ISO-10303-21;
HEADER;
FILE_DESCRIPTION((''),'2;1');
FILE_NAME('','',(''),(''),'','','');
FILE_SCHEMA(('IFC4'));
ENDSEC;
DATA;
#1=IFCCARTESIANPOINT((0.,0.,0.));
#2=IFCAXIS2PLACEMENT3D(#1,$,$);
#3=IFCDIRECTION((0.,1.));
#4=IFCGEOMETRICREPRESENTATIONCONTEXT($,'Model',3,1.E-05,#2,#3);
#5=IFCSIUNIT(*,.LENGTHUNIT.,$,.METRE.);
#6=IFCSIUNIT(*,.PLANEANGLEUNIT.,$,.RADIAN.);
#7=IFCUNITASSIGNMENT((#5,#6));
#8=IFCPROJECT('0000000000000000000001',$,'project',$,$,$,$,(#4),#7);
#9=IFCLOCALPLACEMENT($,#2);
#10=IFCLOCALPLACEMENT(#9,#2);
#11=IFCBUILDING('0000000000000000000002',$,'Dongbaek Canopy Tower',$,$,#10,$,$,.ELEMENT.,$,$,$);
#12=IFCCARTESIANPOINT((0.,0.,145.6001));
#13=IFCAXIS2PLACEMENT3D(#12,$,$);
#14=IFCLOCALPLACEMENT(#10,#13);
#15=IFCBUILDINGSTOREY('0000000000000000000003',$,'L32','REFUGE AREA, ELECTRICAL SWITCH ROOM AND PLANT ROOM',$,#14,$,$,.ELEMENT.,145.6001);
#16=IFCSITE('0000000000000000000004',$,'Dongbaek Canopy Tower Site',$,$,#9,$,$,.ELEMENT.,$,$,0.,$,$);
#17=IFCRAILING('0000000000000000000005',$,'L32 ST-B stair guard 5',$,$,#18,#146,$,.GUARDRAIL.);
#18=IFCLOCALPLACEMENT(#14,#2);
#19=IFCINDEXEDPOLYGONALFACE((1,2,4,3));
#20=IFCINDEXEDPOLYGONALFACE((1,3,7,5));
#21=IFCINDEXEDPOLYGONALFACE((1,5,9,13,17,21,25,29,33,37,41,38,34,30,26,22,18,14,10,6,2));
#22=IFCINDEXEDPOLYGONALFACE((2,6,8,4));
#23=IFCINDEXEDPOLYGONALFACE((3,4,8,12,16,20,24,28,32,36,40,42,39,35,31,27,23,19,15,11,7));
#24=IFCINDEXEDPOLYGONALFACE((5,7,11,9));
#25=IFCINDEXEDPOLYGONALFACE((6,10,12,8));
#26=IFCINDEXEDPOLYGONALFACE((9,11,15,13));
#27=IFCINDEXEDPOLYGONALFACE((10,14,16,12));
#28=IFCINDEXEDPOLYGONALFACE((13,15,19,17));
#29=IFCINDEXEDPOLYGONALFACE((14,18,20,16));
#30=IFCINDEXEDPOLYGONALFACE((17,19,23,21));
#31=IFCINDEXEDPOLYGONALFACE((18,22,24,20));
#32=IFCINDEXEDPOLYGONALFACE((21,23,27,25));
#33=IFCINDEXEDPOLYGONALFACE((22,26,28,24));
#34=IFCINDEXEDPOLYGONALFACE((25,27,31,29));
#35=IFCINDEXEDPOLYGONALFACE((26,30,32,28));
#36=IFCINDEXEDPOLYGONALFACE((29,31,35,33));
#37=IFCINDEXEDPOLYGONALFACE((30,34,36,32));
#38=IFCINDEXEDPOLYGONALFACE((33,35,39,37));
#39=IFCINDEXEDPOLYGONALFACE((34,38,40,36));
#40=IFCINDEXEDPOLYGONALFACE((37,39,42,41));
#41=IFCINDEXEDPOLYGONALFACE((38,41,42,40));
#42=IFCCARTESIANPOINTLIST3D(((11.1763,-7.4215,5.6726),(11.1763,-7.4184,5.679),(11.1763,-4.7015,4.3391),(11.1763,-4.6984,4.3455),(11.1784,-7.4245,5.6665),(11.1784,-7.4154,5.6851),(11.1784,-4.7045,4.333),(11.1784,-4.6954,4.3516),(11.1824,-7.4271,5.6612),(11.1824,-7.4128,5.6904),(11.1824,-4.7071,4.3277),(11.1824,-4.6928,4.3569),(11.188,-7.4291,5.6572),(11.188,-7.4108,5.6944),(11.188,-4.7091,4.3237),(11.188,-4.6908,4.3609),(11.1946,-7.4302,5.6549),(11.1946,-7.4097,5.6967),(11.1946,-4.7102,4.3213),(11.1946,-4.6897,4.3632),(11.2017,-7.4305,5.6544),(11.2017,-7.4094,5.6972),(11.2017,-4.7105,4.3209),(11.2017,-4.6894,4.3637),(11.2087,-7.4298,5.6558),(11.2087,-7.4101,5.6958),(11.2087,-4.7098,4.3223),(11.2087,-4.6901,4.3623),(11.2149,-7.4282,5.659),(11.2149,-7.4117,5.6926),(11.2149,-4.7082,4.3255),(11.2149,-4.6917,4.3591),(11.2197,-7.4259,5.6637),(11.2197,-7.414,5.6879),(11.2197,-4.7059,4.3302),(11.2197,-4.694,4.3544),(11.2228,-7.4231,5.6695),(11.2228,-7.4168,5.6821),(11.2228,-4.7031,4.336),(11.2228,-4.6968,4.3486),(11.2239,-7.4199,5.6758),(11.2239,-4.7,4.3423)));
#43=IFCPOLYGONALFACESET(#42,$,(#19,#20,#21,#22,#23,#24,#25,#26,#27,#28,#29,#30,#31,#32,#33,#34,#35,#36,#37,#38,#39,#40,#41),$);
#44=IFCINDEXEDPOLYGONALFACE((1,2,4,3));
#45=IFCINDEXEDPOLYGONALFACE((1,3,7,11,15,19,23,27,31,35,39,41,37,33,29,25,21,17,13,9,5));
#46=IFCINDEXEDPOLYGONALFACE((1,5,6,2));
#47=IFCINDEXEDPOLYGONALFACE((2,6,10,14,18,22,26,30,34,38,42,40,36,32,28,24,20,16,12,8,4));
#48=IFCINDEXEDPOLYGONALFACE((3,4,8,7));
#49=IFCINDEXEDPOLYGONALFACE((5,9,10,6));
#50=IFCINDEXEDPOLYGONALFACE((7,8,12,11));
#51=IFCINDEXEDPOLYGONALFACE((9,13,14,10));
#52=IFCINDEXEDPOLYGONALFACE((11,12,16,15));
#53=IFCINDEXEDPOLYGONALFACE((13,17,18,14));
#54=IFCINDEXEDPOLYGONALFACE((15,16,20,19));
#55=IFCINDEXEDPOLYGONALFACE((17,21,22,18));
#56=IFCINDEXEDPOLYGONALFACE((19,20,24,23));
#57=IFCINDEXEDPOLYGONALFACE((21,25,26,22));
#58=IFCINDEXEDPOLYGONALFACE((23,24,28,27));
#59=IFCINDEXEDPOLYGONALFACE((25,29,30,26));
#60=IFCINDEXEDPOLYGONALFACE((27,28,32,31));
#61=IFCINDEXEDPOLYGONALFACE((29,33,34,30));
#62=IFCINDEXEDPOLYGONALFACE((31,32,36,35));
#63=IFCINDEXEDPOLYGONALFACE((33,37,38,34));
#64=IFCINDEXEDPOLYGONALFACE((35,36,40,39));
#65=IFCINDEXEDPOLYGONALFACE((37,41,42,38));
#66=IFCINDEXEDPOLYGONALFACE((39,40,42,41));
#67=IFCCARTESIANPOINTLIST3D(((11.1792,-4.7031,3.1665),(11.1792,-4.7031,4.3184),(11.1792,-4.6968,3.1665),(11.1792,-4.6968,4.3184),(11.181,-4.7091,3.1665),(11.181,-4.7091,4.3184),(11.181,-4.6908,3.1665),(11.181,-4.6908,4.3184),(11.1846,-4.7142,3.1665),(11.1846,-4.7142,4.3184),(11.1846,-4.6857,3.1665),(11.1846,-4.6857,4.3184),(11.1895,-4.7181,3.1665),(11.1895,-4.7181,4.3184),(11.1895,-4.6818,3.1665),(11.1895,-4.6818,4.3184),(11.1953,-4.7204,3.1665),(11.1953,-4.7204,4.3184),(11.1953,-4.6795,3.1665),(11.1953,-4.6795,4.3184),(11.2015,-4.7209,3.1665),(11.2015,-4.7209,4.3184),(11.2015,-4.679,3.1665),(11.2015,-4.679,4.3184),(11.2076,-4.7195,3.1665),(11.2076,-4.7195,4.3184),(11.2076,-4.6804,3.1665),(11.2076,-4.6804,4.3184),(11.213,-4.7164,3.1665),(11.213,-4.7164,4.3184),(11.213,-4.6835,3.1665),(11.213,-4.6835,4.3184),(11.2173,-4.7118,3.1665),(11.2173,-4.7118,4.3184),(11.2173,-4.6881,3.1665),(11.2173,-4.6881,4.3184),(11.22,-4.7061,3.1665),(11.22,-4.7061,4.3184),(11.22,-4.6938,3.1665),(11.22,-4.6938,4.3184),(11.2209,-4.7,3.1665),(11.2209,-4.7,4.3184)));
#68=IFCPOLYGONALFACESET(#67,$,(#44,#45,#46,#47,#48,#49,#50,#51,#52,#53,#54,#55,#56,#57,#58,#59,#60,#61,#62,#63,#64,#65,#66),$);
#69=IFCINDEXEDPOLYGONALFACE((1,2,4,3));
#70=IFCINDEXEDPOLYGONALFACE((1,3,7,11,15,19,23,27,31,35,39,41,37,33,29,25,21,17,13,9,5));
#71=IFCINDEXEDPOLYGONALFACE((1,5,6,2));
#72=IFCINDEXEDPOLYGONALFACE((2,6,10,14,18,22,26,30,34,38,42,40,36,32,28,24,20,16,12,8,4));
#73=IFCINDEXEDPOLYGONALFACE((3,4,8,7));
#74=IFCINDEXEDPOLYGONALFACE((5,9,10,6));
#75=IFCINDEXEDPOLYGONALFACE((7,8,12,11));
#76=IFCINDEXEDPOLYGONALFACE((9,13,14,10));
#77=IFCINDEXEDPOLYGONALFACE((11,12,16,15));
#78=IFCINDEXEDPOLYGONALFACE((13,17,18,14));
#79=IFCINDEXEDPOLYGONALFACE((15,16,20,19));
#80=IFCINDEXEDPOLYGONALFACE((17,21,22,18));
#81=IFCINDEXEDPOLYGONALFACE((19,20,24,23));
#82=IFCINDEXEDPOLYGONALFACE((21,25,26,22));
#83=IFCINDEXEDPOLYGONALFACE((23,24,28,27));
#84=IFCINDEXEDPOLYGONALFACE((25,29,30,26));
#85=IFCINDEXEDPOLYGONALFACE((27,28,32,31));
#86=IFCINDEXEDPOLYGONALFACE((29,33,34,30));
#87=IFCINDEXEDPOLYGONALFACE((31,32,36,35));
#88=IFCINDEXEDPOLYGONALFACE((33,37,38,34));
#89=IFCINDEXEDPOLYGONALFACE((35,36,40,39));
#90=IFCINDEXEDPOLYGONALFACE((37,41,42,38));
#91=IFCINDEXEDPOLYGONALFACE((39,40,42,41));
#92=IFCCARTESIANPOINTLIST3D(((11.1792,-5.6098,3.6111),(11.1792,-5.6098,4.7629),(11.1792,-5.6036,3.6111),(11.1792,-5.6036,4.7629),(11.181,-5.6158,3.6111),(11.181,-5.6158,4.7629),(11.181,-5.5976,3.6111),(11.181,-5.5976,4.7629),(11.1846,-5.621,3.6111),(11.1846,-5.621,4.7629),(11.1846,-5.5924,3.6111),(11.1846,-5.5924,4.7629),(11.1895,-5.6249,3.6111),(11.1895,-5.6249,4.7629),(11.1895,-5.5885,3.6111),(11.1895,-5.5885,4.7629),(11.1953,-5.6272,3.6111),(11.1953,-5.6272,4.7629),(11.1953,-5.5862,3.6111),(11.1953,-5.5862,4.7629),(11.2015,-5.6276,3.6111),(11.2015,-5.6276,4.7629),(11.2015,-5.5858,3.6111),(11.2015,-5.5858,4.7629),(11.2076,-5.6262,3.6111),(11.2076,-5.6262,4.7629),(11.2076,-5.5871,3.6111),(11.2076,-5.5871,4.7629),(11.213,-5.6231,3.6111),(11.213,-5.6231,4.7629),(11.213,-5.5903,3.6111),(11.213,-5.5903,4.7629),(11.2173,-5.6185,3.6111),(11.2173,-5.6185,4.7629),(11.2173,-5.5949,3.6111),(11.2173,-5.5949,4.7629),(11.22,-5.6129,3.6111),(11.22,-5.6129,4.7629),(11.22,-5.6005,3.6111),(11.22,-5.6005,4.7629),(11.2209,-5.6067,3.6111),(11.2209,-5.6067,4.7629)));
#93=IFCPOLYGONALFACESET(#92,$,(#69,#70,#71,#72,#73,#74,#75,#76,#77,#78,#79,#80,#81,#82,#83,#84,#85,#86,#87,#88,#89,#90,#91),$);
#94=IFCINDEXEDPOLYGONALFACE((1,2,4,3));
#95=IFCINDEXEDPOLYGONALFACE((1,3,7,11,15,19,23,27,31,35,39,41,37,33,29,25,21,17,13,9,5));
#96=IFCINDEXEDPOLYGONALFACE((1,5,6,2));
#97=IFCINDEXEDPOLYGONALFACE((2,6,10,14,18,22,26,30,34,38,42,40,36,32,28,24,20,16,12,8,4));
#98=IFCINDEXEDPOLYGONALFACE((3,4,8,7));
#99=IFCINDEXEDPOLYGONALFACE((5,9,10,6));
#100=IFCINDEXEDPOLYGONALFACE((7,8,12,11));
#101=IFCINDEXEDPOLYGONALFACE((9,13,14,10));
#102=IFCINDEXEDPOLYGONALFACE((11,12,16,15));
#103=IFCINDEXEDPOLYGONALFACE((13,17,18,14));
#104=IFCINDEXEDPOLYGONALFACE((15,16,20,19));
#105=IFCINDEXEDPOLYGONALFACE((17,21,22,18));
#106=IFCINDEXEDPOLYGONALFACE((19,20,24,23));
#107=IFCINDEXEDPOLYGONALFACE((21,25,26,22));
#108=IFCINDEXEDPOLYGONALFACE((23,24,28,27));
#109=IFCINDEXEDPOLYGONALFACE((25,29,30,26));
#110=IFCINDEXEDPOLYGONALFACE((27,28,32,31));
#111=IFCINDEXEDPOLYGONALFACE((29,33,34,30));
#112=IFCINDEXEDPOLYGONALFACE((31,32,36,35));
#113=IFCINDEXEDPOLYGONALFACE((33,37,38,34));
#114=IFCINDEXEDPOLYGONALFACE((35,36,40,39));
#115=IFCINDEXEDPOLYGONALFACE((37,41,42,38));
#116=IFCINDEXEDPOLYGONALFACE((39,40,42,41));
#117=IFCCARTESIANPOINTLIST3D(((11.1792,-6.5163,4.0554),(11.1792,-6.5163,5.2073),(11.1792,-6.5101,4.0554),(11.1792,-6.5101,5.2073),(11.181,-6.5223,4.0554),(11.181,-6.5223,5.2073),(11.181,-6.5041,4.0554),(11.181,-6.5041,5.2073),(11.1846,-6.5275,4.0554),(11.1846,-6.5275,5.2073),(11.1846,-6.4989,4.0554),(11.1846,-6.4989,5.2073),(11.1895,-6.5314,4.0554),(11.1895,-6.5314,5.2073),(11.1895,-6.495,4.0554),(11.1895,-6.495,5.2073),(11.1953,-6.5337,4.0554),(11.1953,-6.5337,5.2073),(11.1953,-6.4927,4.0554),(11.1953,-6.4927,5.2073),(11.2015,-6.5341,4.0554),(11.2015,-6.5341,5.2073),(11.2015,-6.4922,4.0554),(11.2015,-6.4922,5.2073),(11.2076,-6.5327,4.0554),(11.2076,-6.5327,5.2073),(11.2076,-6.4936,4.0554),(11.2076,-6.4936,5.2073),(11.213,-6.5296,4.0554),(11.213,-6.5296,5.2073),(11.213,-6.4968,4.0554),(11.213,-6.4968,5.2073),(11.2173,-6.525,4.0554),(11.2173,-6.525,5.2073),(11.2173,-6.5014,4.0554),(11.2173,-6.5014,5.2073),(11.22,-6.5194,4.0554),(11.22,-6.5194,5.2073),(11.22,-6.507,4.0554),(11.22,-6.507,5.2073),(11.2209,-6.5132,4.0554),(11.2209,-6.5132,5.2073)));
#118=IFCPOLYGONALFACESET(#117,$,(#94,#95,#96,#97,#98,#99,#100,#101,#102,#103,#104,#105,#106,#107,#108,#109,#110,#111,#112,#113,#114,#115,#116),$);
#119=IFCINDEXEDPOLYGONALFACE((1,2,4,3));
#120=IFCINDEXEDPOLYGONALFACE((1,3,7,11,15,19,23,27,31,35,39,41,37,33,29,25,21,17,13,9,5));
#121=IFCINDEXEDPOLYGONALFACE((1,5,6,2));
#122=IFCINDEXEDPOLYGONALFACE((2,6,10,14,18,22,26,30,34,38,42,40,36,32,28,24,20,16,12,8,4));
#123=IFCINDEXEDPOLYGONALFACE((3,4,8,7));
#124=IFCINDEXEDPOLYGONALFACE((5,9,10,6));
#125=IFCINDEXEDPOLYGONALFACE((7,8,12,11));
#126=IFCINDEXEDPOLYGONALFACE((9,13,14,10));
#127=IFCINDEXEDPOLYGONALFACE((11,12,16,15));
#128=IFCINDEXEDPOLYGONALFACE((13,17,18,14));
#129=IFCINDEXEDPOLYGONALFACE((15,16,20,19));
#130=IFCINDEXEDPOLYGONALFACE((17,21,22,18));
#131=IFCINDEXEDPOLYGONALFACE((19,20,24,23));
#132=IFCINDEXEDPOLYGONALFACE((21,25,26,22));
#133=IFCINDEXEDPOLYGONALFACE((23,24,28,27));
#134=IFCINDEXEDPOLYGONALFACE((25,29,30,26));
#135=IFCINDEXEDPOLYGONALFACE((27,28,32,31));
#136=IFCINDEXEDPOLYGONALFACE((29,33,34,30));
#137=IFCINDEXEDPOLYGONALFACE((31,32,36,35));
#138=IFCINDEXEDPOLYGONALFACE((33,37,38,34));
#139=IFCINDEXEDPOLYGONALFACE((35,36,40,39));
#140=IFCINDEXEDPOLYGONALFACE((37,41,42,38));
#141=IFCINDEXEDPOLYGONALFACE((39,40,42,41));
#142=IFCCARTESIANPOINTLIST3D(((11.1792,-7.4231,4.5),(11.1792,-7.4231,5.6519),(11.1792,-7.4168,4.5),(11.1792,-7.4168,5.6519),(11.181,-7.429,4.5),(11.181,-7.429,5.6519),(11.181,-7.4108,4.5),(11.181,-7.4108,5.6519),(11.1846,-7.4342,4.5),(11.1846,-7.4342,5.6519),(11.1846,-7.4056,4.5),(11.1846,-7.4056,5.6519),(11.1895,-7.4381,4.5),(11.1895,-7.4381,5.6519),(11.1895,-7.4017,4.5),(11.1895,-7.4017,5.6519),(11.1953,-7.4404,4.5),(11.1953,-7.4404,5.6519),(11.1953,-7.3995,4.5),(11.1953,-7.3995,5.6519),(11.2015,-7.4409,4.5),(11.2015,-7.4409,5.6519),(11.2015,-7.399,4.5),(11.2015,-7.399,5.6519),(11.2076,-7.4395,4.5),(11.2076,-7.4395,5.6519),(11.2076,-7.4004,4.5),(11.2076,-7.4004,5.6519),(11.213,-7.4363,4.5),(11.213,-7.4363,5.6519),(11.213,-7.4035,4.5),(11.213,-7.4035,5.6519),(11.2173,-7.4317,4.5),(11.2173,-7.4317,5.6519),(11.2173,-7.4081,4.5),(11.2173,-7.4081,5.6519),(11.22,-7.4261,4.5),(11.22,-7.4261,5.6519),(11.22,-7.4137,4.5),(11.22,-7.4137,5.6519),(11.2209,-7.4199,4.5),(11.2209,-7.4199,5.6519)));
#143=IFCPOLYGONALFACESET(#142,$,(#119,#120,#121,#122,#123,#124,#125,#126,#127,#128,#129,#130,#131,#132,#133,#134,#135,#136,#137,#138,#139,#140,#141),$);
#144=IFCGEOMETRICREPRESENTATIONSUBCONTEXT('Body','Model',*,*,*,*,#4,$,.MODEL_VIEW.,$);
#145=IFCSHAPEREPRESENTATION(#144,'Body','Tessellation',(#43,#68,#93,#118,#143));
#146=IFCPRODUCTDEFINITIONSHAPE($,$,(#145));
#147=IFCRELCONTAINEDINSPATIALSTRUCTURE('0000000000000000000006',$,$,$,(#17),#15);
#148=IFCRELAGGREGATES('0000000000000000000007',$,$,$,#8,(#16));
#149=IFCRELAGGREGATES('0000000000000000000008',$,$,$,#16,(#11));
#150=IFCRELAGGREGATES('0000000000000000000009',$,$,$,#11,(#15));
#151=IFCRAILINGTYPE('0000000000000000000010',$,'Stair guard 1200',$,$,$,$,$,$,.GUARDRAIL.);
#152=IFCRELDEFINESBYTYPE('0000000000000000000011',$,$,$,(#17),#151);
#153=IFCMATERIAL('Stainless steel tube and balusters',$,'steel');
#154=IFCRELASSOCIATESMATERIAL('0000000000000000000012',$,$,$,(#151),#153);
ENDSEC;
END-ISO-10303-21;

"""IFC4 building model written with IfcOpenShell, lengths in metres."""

from ifc_helpers import new_model, si_unit, direction, frame, origin, origin_2d, place, context, subcontext, project, spatial, circle, extrude, material, type_object, element, save


model = new_model("IFC4")

# Units and contexts
model_context = context("Model", 3, precision=1e-05, world=origin(), true_north=direction((0.0, 1.0)))
body_context = subcontext(model_context, "Body", "Model", "MODEL_VIEW")
ifc_project = project(units=[si_unit("LENGTHUNIT", "METRE"), si_unit("PLANEANGLEUNIT", "RADIAN")], contexts=[model_context])

# Site, building, storey
site_placement = place(None, origin())
site = spatial("IfcSite", under=ifc_project, at=site_placement, Name="Dongbaek Canopy Tower Site", CompositionType="ELEMENT", RefElevation=0.0)
building_placement = place(site_placement, origin())
building = spatial("IfcBuilding", under=site, at=building_placement, Name="Dongbaek Canopy Tower", CompositionType="ELEMENT")
storey_placement = place(building_placement, frame((0.0, 0.0, 145.6001)))
storey = spatial("IfcBuildingStorey", under=building, at=storey_placement, Name="L32", Description="REFUGE AREA, ELECTRICAL SWITCH ROOM AND PLANT ROOM", CompositionType="ELEMENT", Elevation=145.6001)

# Railing
ifc_material_1 = material(Name="Stainless steel tube and balusters", Category="steel")
railing_type_1 = type_object("IfcRailingType", Name="Stair guard 1200", PredefinedType="GUARDRAIL", material=ifc_material_1)
railing_1_placement = place(storey_placement, frame((11.2, -4.7, 3.1665)))
element("IfcRailing", 1, at=railing_1_placement, inside=storey, type_object=railing_type_1, Name="L32 ST-B stair guard 5", PredefinedType="GUARDRAIL", context=body_context, shape_type="SweptSolid", body=[
    extrude(circle(Radius=0.0239, at=origin_2d()), frame((0.0, 0.0, 1.1758), z_axis=(0.0, -0.897898, 0.440204), x_axis=(1.0, 0.0, 0.0)), (0.0, 0.0, 1.0), 3.0293),
    extrude(circle(Radius=0.021, at=origin_2d()), origin(), (0.0, 0.0, 1.0), 1.1519),
    extrude(circle(Radius=0.021, at=origin_2d()), frame((0.0, -0.9067, 0.4446)), (0.0, 0.0, 1.0), 1.1519),
    extrude(circle(Radius=0.021, at=origin_2d()), frame((0.0, -1.8132, 0.8889)), (0.0, 0.0, 1.0), 1.1519),
    extrude(circle(Radius=0.021, at=origin_2d()), frame((0.0, -2.72, 1.3335)), (0.0, 0.0, 1.0), 1.1519),
])

save(model, "model.ifc")
